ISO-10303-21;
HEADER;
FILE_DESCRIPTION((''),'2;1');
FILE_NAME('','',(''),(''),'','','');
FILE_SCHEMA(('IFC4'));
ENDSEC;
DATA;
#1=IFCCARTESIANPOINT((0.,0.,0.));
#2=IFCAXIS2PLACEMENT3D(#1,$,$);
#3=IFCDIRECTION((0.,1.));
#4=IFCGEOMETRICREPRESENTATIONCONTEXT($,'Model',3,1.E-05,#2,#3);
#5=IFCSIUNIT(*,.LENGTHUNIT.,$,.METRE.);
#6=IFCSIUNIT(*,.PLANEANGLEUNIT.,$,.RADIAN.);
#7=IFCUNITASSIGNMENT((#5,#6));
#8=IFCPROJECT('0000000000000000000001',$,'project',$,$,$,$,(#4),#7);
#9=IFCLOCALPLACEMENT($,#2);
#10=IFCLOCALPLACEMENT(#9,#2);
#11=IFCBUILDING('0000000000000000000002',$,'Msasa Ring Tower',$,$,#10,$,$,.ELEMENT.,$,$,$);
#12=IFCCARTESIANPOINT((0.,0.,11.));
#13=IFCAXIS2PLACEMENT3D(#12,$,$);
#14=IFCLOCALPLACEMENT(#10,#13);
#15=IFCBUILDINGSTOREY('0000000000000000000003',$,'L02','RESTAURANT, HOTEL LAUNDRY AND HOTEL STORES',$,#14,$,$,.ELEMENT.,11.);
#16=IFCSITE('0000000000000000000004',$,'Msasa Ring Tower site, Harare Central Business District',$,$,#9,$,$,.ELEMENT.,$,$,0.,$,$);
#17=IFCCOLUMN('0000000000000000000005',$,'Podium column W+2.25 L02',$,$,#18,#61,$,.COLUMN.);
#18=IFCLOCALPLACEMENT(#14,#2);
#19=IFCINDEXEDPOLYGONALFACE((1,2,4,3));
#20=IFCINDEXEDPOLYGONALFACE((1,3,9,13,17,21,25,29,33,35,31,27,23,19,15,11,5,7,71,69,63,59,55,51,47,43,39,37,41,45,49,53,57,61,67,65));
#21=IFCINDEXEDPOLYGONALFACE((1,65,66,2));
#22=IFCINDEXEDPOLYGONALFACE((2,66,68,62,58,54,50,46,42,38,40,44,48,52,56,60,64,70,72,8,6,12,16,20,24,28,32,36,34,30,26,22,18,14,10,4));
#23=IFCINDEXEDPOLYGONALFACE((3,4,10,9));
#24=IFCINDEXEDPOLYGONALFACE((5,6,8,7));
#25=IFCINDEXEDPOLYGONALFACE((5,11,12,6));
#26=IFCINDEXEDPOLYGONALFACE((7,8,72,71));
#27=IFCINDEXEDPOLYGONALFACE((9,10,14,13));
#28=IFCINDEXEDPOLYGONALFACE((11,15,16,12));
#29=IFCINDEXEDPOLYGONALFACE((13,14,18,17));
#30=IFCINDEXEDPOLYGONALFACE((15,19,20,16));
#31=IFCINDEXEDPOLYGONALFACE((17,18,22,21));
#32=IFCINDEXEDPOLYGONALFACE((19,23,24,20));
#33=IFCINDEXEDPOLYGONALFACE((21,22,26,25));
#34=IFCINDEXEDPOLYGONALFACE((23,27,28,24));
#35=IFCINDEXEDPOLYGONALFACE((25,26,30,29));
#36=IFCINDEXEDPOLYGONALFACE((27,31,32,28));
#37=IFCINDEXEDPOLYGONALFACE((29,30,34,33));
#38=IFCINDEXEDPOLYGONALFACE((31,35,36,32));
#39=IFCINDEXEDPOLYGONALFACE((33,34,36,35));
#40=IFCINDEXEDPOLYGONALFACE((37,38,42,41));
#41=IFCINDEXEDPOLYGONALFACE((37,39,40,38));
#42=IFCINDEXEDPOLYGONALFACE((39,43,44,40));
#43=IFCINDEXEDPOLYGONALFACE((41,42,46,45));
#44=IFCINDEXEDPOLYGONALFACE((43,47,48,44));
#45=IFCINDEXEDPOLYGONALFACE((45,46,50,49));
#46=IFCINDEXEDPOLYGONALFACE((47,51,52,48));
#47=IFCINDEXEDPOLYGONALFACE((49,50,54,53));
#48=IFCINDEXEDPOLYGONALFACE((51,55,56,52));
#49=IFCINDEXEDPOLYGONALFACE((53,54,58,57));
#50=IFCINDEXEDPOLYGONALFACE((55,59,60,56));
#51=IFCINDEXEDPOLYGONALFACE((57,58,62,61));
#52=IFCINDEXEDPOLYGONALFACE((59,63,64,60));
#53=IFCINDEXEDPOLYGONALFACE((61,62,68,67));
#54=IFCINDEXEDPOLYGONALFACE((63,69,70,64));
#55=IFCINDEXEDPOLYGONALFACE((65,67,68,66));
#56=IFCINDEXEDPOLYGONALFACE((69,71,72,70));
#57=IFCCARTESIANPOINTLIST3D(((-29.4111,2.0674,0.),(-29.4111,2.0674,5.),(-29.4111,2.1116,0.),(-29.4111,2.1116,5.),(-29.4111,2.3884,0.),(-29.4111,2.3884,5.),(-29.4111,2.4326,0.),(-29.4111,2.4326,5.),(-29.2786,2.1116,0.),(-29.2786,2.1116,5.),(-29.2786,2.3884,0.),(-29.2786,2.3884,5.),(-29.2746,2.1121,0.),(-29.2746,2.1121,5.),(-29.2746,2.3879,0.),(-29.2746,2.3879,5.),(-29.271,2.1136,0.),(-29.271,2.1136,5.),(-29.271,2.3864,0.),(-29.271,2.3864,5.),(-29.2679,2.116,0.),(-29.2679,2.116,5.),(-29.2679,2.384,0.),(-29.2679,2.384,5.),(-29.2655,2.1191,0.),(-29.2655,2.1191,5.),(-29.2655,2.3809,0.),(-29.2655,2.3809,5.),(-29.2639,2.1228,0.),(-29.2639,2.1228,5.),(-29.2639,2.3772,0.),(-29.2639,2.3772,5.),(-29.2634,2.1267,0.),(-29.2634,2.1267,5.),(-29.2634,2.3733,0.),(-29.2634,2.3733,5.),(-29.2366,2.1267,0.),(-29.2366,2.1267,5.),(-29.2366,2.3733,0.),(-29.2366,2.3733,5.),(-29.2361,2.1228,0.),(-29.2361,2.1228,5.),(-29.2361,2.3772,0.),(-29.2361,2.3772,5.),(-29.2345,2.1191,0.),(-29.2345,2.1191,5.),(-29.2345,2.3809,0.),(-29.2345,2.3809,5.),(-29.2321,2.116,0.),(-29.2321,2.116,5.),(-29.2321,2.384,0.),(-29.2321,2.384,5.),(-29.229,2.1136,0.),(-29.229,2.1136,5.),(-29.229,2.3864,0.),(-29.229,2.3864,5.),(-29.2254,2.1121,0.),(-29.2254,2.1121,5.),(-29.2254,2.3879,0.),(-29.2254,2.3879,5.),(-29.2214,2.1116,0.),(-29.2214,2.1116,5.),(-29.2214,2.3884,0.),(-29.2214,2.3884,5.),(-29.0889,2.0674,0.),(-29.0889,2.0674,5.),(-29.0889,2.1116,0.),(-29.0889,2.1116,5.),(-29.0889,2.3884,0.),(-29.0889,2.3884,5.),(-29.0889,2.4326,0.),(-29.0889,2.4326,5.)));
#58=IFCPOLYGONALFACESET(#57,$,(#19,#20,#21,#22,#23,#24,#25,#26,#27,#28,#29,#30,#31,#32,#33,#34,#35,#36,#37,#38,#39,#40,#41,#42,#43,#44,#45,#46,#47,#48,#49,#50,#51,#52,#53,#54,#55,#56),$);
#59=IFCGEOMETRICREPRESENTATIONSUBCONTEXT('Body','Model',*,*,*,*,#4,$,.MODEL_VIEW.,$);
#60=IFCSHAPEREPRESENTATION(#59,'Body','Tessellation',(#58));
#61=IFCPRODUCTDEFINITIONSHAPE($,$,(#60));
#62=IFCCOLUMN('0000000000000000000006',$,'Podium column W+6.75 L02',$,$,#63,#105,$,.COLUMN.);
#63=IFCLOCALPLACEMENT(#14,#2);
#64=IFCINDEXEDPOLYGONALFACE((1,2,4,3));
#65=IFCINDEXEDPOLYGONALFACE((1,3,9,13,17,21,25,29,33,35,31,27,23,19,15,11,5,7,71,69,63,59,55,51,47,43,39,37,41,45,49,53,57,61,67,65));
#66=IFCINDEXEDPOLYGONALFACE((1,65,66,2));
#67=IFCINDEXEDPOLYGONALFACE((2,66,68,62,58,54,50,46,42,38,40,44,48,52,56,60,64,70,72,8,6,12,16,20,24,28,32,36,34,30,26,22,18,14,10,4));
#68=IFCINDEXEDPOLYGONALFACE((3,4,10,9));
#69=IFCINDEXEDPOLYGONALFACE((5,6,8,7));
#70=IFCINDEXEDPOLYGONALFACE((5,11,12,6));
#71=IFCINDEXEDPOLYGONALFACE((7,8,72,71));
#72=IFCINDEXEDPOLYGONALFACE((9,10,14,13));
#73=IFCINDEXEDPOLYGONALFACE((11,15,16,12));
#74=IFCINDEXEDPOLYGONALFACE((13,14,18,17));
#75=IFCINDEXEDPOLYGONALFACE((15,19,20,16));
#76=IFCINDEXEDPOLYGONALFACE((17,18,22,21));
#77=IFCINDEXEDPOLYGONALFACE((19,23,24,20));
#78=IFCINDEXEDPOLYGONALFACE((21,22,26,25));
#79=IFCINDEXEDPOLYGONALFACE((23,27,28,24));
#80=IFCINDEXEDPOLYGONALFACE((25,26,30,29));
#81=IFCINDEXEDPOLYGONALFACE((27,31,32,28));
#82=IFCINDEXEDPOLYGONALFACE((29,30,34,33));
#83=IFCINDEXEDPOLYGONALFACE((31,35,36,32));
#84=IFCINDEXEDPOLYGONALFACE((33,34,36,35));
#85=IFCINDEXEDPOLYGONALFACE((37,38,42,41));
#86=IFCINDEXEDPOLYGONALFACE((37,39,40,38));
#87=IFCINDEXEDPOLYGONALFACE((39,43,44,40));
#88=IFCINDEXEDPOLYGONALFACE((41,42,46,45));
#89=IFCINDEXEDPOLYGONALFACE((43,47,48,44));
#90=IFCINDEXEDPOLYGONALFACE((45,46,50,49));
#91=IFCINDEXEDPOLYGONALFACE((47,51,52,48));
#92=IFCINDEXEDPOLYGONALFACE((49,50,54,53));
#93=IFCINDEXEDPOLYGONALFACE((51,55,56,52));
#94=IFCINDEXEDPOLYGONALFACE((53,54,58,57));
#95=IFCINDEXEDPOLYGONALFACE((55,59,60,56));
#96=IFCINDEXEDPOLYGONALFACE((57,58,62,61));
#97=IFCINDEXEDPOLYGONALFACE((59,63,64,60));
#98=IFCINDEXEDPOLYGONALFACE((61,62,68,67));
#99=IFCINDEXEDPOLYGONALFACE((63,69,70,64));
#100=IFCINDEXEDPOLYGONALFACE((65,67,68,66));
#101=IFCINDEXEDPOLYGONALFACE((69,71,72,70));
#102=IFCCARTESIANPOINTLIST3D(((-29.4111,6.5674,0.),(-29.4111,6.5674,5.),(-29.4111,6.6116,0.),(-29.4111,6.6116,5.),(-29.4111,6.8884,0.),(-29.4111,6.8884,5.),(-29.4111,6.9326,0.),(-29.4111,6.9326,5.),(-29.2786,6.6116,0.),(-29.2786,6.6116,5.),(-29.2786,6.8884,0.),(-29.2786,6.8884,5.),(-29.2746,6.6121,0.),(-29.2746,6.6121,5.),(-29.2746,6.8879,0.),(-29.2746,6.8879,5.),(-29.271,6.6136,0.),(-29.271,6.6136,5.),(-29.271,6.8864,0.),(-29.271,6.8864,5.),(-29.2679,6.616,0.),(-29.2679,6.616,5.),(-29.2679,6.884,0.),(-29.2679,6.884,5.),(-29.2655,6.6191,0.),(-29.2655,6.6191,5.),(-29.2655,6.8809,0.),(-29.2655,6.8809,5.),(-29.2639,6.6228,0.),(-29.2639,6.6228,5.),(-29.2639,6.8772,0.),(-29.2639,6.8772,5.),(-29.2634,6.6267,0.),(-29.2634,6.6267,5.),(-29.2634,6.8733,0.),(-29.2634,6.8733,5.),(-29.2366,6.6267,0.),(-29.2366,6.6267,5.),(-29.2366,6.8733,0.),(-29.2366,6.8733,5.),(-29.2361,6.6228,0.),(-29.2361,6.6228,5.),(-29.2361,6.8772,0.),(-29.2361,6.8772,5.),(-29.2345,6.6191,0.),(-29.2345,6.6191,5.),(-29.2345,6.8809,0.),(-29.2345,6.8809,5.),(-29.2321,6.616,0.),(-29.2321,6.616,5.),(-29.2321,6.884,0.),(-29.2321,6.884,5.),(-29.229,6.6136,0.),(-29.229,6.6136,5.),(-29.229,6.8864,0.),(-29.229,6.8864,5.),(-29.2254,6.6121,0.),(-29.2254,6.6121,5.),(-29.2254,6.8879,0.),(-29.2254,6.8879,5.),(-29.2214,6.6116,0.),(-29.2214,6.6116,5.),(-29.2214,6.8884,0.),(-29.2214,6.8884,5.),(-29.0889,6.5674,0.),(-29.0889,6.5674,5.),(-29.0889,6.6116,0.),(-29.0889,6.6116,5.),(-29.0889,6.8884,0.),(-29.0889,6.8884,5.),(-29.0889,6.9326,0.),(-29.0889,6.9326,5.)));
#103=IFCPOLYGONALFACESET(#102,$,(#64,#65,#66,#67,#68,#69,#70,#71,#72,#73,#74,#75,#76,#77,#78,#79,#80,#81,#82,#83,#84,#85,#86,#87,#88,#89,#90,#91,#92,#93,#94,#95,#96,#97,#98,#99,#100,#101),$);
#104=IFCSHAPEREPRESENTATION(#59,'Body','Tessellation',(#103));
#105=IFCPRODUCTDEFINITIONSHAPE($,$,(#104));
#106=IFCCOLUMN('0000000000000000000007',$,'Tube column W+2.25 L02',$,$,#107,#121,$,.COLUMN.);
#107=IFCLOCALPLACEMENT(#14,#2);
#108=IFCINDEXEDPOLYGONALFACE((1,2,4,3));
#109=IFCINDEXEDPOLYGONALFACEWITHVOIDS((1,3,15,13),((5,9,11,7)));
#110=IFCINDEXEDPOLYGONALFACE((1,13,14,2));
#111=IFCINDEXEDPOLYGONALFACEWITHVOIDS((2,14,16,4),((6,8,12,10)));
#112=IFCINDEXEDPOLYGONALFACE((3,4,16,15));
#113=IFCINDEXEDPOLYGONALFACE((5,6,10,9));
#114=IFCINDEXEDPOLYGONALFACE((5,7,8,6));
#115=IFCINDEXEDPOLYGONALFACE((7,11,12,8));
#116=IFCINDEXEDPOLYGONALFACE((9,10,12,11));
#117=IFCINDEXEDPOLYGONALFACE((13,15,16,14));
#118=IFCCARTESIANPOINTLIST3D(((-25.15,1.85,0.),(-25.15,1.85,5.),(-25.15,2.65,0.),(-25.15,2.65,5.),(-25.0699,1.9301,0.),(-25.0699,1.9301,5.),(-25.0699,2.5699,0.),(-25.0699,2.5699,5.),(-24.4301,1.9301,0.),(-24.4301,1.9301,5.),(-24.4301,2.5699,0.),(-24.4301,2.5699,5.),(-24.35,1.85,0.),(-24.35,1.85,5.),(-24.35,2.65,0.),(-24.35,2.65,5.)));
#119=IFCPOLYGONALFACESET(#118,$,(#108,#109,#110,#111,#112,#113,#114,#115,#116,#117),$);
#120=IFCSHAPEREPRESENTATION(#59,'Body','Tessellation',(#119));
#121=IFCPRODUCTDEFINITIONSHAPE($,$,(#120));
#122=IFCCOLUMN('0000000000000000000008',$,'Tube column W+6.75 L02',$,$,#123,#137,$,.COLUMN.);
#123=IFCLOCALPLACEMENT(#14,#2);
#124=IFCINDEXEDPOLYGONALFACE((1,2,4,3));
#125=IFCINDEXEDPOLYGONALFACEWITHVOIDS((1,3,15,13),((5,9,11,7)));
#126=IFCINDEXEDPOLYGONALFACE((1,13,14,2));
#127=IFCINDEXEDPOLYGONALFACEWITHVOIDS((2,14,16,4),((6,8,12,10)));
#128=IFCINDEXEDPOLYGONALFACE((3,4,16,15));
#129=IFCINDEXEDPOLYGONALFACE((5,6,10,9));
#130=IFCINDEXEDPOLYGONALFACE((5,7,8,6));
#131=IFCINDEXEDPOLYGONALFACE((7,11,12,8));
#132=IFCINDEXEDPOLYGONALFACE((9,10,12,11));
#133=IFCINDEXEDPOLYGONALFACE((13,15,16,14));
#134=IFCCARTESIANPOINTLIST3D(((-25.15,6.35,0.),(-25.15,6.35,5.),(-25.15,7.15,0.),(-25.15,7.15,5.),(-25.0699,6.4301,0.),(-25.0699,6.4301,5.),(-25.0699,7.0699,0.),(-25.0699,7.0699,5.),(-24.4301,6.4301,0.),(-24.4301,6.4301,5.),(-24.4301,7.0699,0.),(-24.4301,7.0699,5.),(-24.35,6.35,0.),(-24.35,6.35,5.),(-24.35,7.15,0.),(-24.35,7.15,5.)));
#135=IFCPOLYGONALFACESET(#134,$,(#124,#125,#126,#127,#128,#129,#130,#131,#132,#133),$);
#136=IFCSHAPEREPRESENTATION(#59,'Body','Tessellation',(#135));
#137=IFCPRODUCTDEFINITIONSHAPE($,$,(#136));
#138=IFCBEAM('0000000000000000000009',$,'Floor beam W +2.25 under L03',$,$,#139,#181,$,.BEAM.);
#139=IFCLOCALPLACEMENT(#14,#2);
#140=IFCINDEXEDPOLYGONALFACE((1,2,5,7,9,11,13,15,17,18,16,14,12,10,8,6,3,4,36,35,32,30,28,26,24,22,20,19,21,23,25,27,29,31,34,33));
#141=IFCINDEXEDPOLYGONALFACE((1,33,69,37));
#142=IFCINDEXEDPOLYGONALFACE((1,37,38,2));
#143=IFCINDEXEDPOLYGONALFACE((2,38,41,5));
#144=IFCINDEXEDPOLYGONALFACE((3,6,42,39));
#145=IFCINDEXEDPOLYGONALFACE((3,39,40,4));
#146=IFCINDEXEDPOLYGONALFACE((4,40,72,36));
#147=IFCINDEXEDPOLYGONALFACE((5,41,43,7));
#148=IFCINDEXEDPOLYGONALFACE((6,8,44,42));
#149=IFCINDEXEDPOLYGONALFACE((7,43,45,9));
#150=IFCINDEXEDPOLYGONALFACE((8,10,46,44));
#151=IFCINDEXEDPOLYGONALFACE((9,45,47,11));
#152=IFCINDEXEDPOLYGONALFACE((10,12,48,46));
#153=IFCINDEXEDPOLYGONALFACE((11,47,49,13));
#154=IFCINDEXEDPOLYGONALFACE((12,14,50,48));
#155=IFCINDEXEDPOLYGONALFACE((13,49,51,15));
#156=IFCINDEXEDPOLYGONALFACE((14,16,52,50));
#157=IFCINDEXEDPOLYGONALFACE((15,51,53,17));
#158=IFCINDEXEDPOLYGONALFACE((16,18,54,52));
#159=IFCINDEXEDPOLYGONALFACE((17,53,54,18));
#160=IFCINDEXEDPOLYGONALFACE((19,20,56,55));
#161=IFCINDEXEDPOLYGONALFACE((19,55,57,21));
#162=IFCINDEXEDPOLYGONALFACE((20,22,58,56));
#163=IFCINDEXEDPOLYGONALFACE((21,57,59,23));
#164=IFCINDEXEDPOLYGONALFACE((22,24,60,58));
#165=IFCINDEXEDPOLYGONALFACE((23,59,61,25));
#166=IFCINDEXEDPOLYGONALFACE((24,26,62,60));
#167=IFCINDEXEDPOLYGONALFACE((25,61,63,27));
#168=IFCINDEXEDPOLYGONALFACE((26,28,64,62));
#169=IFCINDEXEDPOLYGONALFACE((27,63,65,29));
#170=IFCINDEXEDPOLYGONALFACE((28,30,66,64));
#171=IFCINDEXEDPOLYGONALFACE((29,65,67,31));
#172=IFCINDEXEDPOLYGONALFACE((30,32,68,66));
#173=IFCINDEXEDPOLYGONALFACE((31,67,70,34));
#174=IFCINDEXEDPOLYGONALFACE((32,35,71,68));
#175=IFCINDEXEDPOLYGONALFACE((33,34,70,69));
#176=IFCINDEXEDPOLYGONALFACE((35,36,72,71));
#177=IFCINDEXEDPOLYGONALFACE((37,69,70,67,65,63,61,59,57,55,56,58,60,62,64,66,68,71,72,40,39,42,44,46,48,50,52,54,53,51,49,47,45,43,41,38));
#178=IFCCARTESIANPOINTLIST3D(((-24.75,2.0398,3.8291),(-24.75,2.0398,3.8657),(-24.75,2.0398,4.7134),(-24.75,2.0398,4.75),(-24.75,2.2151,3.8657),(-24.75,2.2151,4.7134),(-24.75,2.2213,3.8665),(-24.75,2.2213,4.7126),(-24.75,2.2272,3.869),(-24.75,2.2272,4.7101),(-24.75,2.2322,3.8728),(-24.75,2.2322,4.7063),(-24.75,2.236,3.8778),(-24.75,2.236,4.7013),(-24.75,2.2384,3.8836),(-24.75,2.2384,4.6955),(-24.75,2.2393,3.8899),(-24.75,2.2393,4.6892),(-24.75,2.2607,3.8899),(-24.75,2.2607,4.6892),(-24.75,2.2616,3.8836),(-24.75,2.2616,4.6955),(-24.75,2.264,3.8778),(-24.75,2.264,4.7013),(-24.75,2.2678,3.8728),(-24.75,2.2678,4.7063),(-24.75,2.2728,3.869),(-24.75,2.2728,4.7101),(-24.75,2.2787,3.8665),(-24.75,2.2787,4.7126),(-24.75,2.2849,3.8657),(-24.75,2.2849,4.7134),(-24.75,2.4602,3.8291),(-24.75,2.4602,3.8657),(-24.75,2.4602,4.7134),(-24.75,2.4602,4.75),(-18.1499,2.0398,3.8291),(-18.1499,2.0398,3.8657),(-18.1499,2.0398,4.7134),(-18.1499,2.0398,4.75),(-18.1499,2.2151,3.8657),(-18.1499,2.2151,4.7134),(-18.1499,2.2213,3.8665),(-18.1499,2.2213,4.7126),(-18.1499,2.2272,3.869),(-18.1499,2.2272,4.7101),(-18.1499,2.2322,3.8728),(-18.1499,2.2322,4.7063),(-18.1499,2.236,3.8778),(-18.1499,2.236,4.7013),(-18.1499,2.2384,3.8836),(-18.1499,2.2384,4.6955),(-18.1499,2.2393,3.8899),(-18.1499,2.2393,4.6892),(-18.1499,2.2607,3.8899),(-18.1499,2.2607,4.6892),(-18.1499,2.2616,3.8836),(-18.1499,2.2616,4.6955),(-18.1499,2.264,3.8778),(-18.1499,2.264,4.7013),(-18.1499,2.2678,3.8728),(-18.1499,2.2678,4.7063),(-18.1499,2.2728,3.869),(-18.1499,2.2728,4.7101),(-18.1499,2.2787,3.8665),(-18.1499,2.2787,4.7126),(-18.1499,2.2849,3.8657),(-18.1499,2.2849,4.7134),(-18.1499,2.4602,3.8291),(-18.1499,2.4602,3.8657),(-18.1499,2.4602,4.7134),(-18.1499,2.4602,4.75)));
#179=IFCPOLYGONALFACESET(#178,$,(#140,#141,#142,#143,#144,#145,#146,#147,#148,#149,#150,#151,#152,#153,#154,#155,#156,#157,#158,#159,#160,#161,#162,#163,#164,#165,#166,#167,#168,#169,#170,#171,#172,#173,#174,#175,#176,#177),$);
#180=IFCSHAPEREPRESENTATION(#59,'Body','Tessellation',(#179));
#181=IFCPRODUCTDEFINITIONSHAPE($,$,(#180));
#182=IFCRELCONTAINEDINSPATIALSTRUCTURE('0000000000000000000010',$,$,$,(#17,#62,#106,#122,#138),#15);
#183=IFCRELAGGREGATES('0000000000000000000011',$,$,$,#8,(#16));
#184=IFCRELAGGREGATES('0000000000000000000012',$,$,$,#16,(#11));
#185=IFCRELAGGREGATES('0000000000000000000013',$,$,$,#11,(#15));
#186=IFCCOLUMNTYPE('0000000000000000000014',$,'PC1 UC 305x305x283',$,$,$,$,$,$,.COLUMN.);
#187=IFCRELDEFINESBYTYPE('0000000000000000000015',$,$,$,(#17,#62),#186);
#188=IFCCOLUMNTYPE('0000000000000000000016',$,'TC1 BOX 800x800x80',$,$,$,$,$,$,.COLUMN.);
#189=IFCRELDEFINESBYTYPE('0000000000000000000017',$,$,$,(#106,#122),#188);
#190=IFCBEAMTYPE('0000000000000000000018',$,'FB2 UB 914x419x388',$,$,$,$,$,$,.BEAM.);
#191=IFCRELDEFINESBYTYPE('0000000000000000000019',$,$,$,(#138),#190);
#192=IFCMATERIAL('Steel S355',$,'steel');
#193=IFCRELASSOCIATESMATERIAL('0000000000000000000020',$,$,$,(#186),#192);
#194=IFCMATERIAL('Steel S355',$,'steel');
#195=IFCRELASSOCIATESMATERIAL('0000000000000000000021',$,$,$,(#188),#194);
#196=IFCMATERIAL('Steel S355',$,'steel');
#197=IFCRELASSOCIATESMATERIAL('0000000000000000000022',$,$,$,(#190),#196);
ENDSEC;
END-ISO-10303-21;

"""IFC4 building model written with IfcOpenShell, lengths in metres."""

from ifc_helpers import new_model, si_unit, direction, frame, origin, origin_2d, place, context, subcontext, project, spatial, hollow_rectangle, i_section, extrude, material, material_profile, profile_set, type_object, element, save


model = new_model("IFC4")

# Units and contexts
model_context = context("Model", 3, precision=1e-05, world=origin(), true_north=direction((0.0, 1.0)))
body_context = subcontext(model_context, "Body", "Model", "MODEL_VIEW")
ifc_project = project(units=[si_unit("LENGTHUNIT", "METRE"), si_unit("PLANEANGLEUNIT", "RADIAN")], contexts=[model_context])

# Site, building, storey
site_placement = place(None, origin())
site = spatial("IfcSite", under=ifc_project, at=site_placement, Name="Msasa Ring Tower site, Harare Central Business District", CompositionType="ELEMENT", RefElevation=0.0)
building_placement = place(site_placement, origin())
building = spatial("IfcBuilding", under=site, at=building_placement, Name="Msasa Ring Tower", CompositionType="ELEMENT")
storey_placement = place(building_placement, frame((0.0, 0.0, 11.0)))
storey = spatial("IfcBuildingStorey", under=building, at=storey_placement, Name="L02", Description="RESTAURANT, HOTEL LAUNDRY AND HOTEL STORES", CompositionType="ELEMENT", Elevation=11.0)

# Columns
ifc_material_1 = material(Name="Steel S355", Category="steel")
ifc_material_profile_1 = material_profile(ifc_material_1, i_section(OverallWidth=0.3223, OverallDepth=0.3652, WebThickness=0.0269, FlangeThickness=0.0442, FilletRadius=0.0151, at=origin_2d()), Name="UC 305x305x283")
ifc_profile_set_1 = profile_set([ifc_material_profile_1], Name="Steel S355")
column_type_1 = type_object("IfcColumnType", Name="PC1 UC 305x305x283", PredefinedType="COLUMN", material=ifc_profile_set_1)
for number, where, z_axis, x_axis, name in (
    (1, (-29.25, 2.25, 0.0), (0.0, 0.0, 1.0), (1.0, 0.0, 0.0), "Podium column W+2.25 L02"),
    (2, (-29.25, 6.75, 0.0), (0.0, 0.0, 1.0), (1.0, 0.0, 0.0), "Podium column W+6.75 L02"),
):
    element("IfcColumn", number, at=place(storey_placement, frame(where, z_axis=z_axis, x_axis=x_axis)), inside=storey, type_object=column_type_1, Name=name, PredefinedType="COLUMN", context=body_context, shape_type="SweptSolid", body=[
        extrude(i_section(OverallWidth=0.3223, OverallDepth=0.3652, WebThickness=0.0269, FlangeThickness=0.0442, FilletRadius=0.0151, at=origin_2d()), origin(), (0.0, 0.0, 1.0), 5.0),
    ])
ifc_material_2 = material(Name="Steel S355", Category="steel")
ifc_material_profile_2 = material_profile(ifc_material_2, hollow_rectangle(XDim=0.8, YDim=0.8, WallThickness=0.0801, at=origin_2d()), Name="BOX 800x800x80")
ifc_profile_set_2 = profile_set([ifc_material_profile_2], Name="Steel S355")
column_type_2 = type_object("IfcColumnType", Name="TC1 BOX 800x800x80", PredefinedType="COLUMN", material=ifc_profile_set_2)
for number, where, z_axis, x_axis, name in (
    (3, (-24.75, 2.25, 0.0), (0.0, 0.0, 1.0), (1.0, 0.0, 0.0), "Tube column W+2.25 L02"),
    (4, (-24.75, 6.75, 0.0), (0.0, 0.0, 1.0), (1.0, 0.0, 0.0), "Tube column W+6.75 L02"),
):
    element("IfcColumn", number, at=place(storey_placement, frame(where, z_axis=z_axis, x_axis=x_axis)), inside=storey, type_object=column_type_2, Name=name, PredefinedType="COLUMN", context=body_context, shape_type="SweptSolid", body=[
        extrude(hollow_rectangle(XDim=0.8, YDim=0.8, WallThickness=0.0801, at=origin_2d()), origin(), (0.0, 0.0, 1.0), 5.0),
    ])

# Beam
ifc_material_3 = material(Name="Steel S355", Category="steel")
ifc_material_profile_3 = material_profile(ifc_material_3, i_section(OverallWidth=0.4204, OverallDepth=0.9209, WebThickness=0.0215, FlangeThickness=0.0366, FilletRadius=0.0242, at=origin_2d()), Name="UB 914x419x388")
ifc_profile_set_3 = profile_set([ifc_material_profile_3], Name="Steel S355")
beam_type_1 = type_object("IfcBeamType", Name="FB2 UB 914x419x388", PredefinedType="BEAM", material=ifc_profile_set_3)
beam_placement = place(storey_placement, frame((-24.75, 2.25, 4.2896), z_axis=(1.0, 0.0, 0.0), x_axis=(0.0, 1.0, 0.0)))
element("IfcBeam", 5, at=beam_placement, inside=storey, type_object=beam_type_1, Name="Floor beam W +2.25 under L03", PredefinedType="BEAM", context=body_context, shape_type="SweptSolid", body=[
    extrude(i_section(OverallWidth=0.4204, OverallDepth=0.9209, WebThickness=0.0215, FlangeThickness=0.0366, FilletRadius=0.0242, at=origin_2d()), origin(), (0.0, 0.0, 1.0), 6.6001),
])

save(model, "model.ifc")
